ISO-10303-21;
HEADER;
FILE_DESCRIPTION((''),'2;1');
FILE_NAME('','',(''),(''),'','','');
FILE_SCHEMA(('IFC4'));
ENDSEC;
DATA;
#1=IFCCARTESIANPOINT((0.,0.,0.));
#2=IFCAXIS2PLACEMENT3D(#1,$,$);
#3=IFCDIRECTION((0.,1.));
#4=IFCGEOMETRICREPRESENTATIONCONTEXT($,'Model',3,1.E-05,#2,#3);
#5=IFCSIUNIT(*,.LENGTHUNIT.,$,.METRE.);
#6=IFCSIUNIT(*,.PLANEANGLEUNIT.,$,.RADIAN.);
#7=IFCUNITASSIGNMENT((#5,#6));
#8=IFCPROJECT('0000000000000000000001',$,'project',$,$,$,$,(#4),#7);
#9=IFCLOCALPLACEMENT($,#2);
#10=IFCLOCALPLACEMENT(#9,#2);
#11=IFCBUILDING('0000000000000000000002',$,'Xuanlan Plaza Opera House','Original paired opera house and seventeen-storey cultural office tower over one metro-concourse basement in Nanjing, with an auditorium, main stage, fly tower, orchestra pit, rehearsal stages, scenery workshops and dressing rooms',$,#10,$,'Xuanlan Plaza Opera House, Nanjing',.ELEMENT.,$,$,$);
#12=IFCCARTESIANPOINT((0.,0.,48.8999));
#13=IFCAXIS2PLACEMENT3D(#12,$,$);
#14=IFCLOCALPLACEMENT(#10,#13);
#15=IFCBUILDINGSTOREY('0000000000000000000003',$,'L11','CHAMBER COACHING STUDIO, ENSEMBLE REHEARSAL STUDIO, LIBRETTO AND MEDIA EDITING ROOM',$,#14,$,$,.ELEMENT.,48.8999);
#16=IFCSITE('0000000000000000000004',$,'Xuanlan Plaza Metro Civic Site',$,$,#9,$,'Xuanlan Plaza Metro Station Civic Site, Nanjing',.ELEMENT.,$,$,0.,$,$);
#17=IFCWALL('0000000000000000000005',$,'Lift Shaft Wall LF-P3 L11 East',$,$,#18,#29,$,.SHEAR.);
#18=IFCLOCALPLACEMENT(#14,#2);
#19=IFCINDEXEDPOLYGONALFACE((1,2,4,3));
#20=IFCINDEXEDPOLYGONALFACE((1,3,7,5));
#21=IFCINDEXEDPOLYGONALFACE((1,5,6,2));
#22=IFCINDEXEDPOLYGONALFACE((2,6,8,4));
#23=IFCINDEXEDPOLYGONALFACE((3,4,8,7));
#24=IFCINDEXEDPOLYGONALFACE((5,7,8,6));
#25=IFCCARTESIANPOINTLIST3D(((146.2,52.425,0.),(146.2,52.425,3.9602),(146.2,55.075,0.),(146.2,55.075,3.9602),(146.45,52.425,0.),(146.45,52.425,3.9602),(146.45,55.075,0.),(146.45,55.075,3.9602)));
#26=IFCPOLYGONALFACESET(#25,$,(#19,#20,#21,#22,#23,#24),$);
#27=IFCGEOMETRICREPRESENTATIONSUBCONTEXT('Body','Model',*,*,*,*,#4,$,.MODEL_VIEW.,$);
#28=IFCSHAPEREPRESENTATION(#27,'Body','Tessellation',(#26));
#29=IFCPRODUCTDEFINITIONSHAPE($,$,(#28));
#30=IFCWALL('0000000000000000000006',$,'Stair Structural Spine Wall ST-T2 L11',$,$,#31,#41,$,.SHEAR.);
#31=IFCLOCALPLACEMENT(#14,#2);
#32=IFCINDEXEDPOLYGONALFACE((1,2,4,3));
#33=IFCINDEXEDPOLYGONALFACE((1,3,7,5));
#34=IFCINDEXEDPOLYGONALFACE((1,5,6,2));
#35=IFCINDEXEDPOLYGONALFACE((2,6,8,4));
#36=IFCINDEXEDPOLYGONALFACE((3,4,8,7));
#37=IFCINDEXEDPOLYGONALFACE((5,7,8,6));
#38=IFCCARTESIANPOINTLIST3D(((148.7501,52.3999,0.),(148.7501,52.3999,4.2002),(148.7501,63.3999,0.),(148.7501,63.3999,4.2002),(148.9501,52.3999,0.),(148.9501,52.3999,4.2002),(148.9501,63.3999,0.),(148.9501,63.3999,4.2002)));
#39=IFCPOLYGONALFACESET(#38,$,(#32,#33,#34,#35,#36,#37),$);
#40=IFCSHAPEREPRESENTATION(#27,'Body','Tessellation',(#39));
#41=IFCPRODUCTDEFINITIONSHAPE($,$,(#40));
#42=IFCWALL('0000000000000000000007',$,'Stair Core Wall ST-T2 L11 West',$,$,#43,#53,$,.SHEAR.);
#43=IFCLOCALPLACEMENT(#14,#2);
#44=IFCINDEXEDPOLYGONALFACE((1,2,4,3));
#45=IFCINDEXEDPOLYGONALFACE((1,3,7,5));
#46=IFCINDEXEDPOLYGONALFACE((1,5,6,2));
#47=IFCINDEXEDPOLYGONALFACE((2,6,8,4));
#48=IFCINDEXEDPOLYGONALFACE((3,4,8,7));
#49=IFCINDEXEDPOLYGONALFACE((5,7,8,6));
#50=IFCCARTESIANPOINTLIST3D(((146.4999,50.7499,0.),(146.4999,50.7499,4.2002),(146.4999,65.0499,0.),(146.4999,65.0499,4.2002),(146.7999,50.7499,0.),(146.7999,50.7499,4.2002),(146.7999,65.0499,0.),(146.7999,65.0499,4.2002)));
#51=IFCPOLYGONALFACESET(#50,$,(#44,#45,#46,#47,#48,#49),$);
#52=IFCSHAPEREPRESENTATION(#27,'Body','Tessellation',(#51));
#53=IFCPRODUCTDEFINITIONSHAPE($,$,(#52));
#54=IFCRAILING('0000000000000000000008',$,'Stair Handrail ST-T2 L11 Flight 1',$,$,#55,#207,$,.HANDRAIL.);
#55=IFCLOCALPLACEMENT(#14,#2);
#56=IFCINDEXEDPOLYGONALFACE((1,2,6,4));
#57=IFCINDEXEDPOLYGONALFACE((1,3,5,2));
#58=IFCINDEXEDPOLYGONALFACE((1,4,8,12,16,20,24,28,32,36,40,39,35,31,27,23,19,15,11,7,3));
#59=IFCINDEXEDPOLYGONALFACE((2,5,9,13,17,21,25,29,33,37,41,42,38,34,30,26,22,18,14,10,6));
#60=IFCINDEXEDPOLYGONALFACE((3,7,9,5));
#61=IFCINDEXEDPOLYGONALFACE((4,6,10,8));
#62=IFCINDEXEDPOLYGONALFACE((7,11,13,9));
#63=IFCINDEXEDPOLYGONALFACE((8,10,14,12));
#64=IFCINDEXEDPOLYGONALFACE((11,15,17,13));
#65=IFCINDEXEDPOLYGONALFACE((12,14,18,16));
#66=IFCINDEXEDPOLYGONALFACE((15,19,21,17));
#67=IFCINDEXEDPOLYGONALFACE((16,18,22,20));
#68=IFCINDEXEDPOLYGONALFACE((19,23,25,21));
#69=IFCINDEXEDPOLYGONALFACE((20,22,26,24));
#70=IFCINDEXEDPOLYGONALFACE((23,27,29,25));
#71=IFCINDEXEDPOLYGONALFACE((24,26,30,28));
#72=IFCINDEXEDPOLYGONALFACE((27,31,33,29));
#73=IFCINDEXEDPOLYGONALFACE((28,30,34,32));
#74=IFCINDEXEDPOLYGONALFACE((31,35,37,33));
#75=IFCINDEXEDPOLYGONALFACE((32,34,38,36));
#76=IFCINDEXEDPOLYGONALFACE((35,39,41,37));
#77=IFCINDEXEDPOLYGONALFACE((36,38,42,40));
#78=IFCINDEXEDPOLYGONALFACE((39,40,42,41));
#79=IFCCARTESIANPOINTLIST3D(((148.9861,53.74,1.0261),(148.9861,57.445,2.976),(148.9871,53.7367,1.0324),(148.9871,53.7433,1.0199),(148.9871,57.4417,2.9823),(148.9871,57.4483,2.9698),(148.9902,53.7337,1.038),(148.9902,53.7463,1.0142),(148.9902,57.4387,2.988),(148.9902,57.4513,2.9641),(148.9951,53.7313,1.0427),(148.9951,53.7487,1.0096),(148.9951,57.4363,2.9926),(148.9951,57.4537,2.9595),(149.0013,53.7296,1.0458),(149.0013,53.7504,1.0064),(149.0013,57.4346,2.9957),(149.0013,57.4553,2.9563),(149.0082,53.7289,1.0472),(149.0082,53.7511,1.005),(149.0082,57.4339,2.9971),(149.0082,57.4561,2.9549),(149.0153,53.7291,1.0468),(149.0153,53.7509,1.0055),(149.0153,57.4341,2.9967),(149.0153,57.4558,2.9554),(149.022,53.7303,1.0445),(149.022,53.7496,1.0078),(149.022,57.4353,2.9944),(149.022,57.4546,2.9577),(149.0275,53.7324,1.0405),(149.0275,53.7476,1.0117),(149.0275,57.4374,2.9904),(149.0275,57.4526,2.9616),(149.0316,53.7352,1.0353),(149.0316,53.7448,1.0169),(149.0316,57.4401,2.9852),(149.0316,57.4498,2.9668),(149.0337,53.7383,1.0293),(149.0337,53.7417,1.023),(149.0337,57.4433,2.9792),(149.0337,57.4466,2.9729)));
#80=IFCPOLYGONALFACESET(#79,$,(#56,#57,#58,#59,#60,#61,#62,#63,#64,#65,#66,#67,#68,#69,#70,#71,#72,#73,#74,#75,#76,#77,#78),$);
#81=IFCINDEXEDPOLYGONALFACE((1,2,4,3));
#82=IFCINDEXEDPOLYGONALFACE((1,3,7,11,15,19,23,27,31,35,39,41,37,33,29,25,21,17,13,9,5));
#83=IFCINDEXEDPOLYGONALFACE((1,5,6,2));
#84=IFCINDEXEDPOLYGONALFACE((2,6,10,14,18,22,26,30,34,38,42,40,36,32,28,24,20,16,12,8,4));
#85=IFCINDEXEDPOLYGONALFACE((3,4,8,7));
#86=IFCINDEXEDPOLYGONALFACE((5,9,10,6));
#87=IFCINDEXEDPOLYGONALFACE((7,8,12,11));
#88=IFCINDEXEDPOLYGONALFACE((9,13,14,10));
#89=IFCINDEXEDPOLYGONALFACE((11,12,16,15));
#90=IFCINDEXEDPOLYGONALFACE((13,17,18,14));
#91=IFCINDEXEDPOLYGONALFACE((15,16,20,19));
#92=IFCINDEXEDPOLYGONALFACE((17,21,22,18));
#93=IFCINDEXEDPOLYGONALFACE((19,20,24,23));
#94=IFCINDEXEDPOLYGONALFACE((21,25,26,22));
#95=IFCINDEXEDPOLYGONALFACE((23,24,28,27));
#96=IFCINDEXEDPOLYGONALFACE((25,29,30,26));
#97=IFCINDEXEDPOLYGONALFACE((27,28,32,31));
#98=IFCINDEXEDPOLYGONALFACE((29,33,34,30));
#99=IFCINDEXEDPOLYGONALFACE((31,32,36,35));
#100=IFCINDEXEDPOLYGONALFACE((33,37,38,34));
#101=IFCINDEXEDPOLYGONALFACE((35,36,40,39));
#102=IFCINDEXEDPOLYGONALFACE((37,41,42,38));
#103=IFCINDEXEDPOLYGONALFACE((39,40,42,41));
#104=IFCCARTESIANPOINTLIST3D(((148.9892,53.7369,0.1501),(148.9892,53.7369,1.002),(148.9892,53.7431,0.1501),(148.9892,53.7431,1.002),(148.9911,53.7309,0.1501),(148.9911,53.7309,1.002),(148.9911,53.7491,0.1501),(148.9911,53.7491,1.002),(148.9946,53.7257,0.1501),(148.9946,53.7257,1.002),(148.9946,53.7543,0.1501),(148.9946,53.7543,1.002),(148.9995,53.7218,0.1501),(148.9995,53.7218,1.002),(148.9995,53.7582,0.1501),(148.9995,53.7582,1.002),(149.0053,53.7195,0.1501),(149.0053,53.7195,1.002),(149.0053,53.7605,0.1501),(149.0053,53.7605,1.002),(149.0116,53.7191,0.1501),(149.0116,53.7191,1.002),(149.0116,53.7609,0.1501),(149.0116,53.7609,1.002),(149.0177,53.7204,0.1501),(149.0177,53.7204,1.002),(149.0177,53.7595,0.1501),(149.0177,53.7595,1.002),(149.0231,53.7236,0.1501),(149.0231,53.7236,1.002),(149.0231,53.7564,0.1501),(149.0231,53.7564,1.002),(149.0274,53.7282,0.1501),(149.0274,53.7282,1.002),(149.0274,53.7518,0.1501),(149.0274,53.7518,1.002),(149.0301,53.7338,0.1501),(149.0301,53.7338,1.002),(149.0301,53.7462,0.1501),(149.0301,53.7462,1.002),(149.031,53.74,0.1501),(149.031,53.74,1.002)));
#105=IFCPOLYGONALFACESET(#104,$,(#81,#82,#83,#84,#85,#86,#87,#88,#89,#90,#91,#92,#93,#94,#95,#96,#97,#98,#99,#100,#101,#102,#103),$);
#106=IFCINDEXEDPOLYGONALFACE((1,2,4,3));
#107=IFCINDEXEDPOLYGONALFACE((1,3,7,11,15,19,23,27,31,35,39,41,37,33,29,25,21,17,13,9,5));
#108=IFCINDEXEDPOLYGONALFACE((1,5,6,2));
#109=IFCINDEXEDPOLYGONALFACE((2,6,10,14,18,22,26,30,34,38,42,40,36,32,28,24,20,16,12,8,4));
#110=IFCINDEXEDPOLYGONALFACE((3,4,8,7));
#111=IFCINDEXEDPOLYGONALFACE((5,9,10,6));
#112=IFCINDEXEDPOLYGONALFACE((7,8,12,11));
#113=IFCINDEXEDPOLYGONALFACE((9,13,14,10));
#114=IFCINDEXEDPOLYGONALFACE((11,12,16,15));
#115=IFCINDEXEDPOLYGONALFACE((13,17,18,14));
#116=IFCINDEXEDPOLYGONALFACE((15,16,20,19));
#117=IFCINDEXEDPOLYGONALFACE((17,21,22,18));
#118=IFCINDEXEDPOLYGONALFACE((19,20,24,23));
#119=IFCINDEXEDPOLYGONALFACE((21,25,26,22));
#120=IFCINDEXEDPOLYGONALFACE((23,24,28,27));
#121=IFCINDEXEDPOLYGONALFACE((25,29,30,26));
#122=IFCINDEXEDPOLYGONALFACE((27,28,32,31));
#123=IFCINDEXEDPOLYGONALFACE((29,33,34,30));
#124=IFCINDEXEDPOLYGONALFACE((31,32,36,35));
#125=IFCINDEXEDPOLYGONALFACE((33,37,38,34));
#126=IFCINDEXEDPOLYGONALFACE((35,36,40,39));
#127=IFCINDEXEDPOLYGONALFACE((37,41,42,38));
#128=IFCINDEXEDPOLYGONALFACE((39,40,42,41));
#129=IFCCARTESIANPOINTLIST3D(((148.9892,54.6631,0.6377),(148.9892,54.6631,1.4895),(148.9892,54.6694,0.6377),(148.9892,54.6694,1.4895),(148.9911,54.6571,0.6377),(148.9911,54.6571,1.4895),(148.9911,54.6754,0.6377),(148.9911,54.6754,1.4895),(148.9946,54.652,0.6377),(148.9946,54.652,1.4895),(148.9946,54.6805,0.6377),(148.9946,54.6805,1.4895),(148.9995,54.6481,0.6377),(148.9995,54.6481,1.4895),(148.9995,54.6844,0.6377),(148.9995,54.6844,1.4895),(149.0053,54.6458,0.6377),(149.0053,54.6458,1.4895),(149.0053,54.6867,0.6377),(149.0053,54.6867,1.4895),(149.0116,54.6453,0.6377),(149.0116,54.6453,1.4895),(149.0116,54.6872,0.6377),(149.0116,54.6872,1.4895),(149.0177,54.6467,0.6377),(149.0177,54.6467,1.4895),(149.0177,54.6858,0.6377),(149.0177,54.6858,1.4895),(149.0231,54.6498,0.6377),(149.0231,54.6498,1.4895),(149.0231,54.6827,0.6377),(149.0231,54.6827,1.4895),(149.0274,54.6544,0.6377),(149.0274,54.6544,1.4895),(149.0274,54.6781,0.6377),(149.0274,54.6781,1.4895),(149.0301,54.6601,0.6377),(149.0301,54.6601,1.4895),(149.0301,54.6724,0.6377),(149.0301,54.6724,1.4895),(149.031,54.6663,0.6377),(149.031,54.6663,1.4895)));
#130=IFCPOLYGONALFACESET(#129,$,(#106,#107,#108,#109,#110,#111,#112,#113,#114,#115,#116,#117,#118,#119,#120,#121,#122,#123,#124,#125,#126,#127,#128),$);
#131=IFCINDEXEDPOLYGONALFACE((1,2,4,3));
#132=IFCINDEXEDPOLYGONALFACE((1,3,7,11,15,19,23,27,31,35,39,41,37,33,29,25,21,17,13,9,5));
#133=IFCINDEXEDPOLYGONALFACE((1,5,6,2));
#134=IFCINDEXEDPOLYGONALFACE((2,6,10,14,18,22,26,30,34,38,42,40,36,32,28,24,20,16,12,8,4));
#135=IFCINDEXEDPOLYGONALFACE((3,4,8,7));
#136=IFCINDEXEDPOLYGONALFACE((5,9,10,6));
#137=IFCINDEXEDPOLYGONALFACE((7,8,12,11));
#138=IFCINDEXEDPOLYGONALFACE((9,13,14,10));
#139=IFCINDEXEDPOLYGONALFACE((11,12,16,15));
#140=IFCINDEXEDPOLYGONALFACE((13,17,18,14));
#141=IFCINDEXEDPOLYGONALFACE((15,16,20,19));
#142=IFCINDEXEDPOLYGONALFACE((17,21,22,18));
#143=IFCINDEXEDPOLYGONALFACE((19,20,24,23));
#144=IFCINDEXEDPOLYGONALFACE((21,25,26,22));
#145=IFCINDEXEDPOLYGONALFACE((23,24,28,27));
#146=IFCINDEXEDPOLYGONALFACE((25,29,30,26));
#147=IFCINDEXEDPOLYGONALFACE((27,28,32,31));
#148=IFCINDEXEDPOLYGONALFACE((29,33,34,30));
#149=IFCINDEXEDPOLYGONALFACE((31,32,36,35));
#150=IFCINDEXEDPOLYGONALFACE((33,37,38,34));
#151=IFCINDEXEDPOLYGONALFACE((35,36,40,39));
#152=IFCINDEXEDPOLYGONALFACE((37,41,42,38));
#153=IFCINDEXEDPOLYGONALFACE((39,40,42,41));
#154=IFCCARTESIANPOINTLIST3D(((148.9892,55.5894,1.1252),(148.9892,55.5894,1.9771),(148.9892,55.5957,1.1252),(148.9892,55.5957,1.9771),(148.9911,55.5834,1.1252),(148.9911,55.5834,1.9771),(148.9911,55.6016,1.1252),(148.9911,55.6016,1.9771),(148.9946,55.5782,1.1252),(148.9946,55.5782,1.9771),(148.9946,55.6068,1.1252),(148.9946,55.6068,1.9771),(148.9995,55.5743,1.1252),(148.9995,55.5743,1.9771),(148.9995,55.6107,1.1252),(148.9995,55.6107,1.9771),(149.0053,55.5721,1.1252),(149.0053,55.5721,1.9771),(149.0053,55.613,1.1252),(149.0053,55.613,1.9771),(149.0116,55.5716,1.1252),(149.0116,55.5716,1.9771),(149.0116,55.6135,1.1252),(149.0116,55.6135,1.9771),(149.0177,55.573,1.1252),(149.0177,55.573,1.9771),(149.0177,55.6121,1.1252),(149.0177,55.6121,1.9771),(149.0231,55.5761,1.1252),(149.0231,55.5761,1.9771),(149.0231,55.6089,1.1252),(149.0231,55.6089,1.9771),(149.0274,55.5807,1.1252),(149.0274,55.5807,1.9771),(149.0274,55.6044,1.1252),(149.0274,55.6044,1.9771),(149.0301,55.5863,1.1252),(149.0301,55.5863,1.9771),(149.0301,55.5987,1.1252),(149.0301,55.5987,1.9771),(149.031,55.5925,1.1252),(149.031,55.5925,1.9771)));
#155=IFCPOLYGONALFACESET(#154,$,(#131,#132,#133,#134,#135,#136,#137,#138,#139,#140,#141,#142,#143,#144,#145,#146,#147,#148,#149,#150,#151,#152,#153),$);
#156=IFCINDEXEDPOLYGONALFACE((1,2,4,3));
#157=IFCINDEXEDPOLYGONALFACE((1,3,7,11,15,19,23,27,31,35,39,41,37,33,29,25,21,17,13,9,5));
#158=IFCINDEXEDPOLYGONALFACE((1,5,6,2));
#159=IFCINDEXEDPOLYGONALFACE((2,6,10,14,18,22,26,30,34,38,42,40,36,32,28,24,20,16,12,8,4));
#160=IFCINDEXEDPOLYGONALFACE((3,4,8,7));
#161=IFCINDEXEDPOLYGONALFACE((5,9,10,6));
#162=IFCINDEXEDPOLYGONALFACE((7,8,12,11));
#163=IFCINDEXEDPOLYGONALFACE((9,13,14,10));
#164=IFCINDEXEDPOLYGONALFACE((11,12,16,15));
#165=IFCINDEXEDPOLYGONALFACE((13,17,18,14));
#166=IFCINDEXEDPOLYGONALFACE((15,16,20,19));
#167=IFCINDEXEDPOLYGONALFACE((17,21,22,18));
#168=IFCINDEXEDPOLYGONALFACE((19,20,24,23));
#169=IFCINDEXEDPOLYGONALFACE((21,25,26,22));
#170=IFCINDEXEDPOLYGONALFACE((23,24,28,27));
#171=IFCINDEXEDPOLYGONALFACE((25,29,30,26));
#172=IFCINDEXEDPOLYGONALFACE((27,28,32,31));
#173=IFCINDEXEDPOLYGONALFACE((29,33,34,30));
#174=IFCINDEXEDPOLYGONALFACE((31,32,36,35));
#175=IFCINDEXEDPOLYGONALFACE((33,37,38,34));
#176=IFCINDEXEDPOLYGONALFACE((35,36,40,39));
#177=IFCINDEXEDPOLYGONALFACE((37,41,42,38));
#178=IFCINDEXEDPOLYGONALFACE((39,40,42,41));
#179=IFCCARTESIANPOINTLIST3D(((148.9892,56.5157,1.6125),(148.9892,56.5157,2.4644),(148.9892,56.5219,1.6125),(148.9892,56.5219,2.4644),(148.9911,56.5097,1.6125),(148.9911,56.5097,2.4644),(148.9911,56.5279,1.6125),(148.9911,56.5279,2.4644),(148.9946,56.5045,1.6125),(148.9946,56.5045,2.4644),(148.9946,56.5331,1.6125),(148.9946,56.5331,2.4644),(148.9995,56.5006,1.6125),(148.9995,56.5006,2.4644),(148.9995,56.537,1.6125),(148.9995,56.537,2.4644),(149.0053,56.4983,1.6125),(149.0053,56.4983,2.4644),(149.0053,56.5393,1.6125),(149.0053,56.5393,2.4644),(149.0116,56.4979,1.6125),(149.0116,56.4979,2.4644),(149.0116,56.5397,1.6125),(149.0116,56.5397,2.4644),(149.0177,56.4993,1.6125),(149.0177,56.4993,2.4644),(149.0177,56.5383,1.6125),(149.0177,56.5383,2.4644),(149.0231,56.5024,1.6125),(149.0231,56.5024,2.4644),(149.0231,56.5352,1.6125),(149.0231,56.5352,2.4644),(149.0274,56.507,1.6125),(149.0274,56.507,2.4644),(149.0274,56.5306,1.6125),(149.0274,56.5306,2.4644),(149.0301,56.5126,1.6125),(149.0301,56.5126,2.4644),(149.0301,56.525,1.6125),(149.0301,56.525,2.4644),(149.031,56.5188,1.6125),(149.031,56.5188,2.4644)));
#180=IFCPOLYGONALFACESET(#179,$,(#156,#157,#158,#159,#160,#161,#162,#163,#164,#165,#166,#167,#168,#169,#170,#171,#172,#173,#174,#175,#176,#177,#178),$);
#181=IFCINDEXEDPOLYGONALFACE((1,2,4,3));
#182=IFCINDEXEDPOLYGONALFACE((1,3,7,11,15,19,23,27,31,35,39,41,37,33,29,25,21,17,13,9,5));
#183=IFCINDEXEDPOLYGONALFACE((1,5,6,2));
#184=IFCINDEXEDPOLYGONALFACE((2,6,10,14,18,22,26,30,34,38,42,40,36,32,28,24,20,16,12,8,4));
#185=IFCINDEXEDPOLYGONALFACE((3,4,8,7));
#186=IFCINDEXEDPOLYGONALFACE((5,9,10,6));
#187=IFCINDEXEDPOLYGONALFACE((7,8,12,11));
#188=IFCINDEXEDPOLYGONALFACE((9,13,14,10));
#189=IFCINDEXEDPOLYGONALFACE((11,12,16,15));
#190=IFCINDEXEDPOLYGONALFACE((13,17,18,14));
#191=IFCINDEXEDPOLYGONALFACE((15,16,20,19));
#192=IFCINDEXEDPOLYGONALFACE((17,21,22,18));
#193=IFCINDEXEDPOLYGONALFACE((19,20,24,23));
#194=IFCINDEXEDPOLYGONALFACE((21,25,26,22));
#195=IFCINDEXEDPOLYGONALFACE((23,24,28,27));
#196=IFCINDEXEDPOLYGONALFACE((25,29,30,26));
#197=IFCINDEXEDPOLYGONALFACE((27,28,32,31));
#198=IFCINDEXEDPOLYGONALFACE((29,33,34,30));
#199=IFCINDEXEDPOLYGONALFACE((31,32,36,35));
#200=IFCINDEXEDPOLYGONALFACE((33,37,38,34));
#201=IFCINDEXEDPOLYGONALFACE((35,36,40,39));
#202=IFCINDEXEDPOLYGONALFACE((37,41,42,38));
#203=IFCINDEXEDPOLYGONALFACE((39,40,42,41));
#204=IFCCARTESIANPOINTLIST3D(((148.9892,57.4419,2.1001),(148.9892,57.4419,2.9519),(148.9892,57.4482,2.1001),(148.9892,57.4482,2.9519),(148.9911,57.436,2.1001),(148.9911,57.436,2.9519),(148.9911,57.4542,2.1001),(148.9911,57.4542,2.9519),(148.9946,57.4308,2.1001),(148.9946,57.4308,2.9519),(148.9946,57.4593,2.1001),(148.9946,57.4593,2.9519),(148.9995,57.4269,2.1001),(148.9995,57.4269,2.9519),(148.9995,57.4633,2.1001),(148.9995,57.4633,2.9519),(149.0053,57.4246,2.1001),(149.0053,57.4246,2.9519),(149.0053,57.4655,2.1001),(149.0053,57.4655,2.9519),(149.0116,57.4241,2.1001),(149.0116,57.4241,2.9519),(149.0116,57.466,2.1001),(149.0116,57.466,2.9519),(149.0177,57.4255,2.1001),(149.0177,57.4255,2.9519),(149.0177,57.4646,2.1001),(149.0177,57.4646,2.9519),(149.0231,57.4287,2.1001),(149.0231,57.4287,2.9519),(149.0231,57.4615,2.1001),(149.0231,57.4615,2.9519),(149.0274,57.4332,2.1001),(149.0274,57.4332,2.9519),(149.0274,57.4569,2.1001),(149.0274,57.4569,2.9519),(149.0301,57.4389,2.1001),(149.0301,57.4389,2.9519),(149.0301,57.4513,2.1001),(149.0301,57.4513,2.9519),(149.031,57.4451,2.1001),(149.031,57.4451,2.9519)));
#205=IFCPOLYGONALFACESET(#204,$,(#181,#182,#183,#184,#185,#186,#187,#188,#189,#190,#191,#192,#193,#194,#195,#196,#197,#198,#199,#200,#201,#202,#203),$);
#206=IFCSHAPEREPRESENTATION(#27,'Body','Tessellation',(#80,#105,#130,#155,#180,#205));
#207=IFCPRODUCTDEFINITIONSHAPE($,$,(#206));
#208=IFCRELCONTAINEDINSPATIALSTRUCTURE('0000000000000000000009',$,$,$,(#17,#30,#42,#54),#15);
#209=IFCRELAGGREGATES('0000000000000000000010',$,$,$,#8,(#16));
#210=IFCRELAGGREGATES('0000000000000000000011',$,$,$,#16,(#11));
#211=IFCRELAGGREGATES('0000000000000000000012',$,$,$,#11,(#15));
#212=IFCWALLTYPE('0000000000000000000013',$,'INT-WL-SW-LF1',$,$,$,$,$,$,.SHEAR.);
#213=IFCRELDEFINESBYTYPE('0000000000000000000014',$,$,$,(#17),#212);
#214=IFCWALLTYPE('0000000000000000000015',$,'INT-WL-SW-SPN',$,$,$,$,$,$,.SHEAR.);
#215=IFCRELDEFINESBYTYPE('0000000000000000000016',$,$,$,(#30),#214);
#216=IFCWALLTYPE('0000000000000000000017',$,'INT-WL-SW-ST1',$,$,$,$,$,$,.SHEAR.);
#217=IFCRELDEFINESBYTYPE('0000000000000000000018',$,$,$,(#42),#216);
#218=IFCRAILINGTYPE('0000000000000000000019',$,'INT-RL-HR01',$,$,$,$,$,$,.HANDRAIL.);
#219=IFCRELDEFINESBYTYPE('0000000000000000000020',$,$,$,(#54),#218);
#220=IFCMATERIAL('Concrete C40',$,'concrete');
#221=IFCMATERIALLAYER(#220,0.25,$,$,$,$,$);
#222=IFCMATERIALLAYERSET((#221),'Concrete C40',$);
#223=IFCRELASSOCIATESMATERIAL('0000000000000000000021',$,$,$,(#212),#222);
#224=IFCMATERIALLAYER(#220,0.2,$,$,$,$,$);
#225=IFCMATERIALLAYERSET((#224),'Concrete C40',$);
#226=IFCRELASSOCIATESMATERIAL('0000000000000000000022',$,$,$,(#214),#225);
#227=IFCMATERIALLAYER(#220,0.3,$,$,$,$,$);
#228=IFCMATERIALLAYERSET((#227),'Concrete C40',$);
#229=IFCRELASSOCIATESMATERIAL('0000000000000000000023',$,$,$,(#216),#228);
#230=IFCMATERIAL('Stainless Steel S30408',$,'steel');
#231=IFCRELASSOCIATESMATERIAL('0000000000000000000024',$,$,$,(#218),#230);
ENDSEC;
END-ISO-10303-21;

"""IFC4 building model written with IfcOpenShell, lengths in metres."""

from ifc_helpers import new_model, si_unit, direction, frame, frame_2d, origin, origin_2d, place, context, subcontext, project, spatial, rectangle, circle, extrude, material, layer, layer_set, type_object, element, save


model = new_model("IFC4")

# Units and contexts
model_context = context("Model", 3, precision=1e-05, world=origin(), true_north=direction((0.0, 1.0)))
body_context = subcontext(model_context, "Body", "Model", "MODEL_VIEW")
ifc_project = project(units=[si_unit("LENGTHUNIT", "METRE"), si_unit("PLANEANGLEUNIT", "RADIAN")], contexts=[model_context])

# Site, building, storey
site_placement = place(None, origin())
site = spatial("IfcSite", under=ifc_project, at=site_placement, Name="Xuanlan Plaza Metro Civic Site", LongName="Xuanlan Plaza Metro Station Civic Site, Nanjing", CompositionType="ELEMENT", RefElevation=0.0)
building_placement = place(site_placement, origin())
building = spatial("IfcBuilding", under=site, at=building_placement, Name="Xuanlan Plaza Opera House", Description="Original paired opera house and seventeen-storey cultural office tower over one metro-concourse basement in Nanjing, with an auditorium, main stage, fly tower, orchestra pit, rehearsal stages, scenery workshops and dressing rooms", LongName="Xuanlan Plaza Opera House, Nanjing", CompositionType="ELEMENT")
storey_placement = place(building_placement, frame((0.0, 0.0, 48.8999)))
storey = spatial("IfcBuildingStorey", under=building, at=storey_placement, Name="L11", Description="CHAMBER COACHING STUDIO, ENSEMBLE REHEARSAL STUDIO, LIBRETTO AND MEDIA EDITING ROOM", CompositionType="ELEMENT", Elevation=48.8999)

# Shared definitions
ifc_material_1 = material(Name="Concrete C40", Category="concrete")

# Shared definitions
ifc_layer_1 = layer(ifc_material_1, 0.25)
ifc_layer_set_1 = layer_set([ifc_layer_1], Name="Concrete C40")
wall_type_1 = type_object("IfcWallType", Name="INT-WL-SW-LF1", PredefinedType="SHEAR", material=ifc_layer_set_1)

# Shared definitions
ifc_material_2 = material(Name="Stainless Steel S30408", Category="steel")

# Walls
wall_1_placement = place(storey_placement, frame((146.325, 52.425, 0.0), z_axis=(0.0, 0.0, 1.0), x_axis=(0.0, 1.0, 0.0)))
element("IfcWall", 1, at=wall_1_placement, inside=storey, type_object=wall_type_1, Name="Lift Shaft Wall LF-P3 L11 East", PredefinedType="SHEAR", context=body_context, shape_type="SweptSolid", body=[
    extrude(rectangle(XDim=2.6499, YDim=0.25, at=frame_2d((1.325, 0.0))), origin(), (0.0, 0.0, 1.0), 3.9602),
])
ifc_layer_2 = layer(ifc_material_1, 0.2)
ifc_layer_set_2 = layer_set([ifc_layer_2], Name="Concrete C40")
wall_type_2 = type_object("IfcWallType", Name="INT-WL-SW-SPN", PredefinedType="SHEAR", material=ifc_layer_set_2)
wall_2_placement = place(storey_placement, frame((148.8501, 52.3999, 0.0), z_axis=(0.0, 0.0, 1.0), x_axis=(0.0, 1.0, 0.0)))
element("IfcWall", 2, at=wall_2_placement, inside=storey, type_object=wall_type_2, Name="Stair Structural Spine Wall ST-T2 L11", PredefinedType="SHEAR", context=body_context, shape_type="SweptSolid", body=[
    extrude(rectangle(XDim=11.0, YDim=0.2, at=frame_2d((5.5, 0.0))), origin(), (0.0, 0.0, 1.0), 4.2002),
])

# Shared definitions
ifc_layer_3 = layer(ifc_material_1, 0.3)
ifc_layer_set_3 = layer_set([ifc_layer_3], Name="Concrete C40")
wall_type_3 = type_object("IfcWallType", Name="INT-WL-SW-ST1", PredefinedType="SHEAR", material=ifc_layer_set_3)

# Wall
wall_3_placement = place(storey_placement, frame((146.6499, 50.75, 0.0), z_axis=(0.0, 0.0, 1.0), x_axis=(0.0, 1.0, 0.0)))
element("IfcWall", 3, at=wall_3_placement, inside=storey, type_object=wall_type_3, Name="Stair Core Wall ST-T2 L11 West", PredefinedType="SHEAR", context=body_context, shape_type="SweptSolid", body=[
    extrude(rectangle(XDim=14.3, YDim=0.3, at=frame_2d((7.1499, 0.0))), origin(), (0.0, 0.0, 1.0), 4.2002),
])

# Railing
railing_type = type_object("IfcRailingType", Name="INT-RL-HR01", PredefinedType="HANDRAIL", material=ifc_material_2)
railing_placement = place(storey_placement, frame((149.01, 53.74, 0.1501)))
element("IfcRailing", 4, at=railing_placement, inside=storey, type_object=railing_type, Name="Stair Handrail ST-T2 L11 Flight 1", PredefinedType="HANDRAIL", context=body_context, shape_type="SweptSolid", body=[
    extrude(circle(Radius=0.0239, at=origin_2d()), frame((0.0, 0.0, 0.876), z_axis=(0.0, 0.884927, 0.46573), x_axis=(-1.0, 0.0, 0.0)), (0.0, 0.0, 1.0), 4.1868),
    extrude(circle(Radius=0.021, at=origin_2d()), origin(), (0.0, 0.0, 1.0), 0.8518),
    extrude(circle(Radius=0.021, at=origin_2d()), frame((0.0, 0.9263, 0.4875)), (0.0, 0.0, 1.0), 0.8518),
    extrude(circle(Radius=0.021, at=origin_2d()), frame((0.0, 1.8525, 0.9751)), (0.0, 0.0, 1.0), 0.8518),
    extrude(circle(Radius=0.021, at=origin_2d()), frame((0.0, 2.7788, 1.4624)), (0.0, 0.0, 1.0), 0.8518),
    extrude(circle(Radius=0.021, at=origin_2d()), frame((0.0, 3.7051, 1.95)), (0.0, 0.0, 1.0), 0.8518),
])

save(model, "model.ifc")
